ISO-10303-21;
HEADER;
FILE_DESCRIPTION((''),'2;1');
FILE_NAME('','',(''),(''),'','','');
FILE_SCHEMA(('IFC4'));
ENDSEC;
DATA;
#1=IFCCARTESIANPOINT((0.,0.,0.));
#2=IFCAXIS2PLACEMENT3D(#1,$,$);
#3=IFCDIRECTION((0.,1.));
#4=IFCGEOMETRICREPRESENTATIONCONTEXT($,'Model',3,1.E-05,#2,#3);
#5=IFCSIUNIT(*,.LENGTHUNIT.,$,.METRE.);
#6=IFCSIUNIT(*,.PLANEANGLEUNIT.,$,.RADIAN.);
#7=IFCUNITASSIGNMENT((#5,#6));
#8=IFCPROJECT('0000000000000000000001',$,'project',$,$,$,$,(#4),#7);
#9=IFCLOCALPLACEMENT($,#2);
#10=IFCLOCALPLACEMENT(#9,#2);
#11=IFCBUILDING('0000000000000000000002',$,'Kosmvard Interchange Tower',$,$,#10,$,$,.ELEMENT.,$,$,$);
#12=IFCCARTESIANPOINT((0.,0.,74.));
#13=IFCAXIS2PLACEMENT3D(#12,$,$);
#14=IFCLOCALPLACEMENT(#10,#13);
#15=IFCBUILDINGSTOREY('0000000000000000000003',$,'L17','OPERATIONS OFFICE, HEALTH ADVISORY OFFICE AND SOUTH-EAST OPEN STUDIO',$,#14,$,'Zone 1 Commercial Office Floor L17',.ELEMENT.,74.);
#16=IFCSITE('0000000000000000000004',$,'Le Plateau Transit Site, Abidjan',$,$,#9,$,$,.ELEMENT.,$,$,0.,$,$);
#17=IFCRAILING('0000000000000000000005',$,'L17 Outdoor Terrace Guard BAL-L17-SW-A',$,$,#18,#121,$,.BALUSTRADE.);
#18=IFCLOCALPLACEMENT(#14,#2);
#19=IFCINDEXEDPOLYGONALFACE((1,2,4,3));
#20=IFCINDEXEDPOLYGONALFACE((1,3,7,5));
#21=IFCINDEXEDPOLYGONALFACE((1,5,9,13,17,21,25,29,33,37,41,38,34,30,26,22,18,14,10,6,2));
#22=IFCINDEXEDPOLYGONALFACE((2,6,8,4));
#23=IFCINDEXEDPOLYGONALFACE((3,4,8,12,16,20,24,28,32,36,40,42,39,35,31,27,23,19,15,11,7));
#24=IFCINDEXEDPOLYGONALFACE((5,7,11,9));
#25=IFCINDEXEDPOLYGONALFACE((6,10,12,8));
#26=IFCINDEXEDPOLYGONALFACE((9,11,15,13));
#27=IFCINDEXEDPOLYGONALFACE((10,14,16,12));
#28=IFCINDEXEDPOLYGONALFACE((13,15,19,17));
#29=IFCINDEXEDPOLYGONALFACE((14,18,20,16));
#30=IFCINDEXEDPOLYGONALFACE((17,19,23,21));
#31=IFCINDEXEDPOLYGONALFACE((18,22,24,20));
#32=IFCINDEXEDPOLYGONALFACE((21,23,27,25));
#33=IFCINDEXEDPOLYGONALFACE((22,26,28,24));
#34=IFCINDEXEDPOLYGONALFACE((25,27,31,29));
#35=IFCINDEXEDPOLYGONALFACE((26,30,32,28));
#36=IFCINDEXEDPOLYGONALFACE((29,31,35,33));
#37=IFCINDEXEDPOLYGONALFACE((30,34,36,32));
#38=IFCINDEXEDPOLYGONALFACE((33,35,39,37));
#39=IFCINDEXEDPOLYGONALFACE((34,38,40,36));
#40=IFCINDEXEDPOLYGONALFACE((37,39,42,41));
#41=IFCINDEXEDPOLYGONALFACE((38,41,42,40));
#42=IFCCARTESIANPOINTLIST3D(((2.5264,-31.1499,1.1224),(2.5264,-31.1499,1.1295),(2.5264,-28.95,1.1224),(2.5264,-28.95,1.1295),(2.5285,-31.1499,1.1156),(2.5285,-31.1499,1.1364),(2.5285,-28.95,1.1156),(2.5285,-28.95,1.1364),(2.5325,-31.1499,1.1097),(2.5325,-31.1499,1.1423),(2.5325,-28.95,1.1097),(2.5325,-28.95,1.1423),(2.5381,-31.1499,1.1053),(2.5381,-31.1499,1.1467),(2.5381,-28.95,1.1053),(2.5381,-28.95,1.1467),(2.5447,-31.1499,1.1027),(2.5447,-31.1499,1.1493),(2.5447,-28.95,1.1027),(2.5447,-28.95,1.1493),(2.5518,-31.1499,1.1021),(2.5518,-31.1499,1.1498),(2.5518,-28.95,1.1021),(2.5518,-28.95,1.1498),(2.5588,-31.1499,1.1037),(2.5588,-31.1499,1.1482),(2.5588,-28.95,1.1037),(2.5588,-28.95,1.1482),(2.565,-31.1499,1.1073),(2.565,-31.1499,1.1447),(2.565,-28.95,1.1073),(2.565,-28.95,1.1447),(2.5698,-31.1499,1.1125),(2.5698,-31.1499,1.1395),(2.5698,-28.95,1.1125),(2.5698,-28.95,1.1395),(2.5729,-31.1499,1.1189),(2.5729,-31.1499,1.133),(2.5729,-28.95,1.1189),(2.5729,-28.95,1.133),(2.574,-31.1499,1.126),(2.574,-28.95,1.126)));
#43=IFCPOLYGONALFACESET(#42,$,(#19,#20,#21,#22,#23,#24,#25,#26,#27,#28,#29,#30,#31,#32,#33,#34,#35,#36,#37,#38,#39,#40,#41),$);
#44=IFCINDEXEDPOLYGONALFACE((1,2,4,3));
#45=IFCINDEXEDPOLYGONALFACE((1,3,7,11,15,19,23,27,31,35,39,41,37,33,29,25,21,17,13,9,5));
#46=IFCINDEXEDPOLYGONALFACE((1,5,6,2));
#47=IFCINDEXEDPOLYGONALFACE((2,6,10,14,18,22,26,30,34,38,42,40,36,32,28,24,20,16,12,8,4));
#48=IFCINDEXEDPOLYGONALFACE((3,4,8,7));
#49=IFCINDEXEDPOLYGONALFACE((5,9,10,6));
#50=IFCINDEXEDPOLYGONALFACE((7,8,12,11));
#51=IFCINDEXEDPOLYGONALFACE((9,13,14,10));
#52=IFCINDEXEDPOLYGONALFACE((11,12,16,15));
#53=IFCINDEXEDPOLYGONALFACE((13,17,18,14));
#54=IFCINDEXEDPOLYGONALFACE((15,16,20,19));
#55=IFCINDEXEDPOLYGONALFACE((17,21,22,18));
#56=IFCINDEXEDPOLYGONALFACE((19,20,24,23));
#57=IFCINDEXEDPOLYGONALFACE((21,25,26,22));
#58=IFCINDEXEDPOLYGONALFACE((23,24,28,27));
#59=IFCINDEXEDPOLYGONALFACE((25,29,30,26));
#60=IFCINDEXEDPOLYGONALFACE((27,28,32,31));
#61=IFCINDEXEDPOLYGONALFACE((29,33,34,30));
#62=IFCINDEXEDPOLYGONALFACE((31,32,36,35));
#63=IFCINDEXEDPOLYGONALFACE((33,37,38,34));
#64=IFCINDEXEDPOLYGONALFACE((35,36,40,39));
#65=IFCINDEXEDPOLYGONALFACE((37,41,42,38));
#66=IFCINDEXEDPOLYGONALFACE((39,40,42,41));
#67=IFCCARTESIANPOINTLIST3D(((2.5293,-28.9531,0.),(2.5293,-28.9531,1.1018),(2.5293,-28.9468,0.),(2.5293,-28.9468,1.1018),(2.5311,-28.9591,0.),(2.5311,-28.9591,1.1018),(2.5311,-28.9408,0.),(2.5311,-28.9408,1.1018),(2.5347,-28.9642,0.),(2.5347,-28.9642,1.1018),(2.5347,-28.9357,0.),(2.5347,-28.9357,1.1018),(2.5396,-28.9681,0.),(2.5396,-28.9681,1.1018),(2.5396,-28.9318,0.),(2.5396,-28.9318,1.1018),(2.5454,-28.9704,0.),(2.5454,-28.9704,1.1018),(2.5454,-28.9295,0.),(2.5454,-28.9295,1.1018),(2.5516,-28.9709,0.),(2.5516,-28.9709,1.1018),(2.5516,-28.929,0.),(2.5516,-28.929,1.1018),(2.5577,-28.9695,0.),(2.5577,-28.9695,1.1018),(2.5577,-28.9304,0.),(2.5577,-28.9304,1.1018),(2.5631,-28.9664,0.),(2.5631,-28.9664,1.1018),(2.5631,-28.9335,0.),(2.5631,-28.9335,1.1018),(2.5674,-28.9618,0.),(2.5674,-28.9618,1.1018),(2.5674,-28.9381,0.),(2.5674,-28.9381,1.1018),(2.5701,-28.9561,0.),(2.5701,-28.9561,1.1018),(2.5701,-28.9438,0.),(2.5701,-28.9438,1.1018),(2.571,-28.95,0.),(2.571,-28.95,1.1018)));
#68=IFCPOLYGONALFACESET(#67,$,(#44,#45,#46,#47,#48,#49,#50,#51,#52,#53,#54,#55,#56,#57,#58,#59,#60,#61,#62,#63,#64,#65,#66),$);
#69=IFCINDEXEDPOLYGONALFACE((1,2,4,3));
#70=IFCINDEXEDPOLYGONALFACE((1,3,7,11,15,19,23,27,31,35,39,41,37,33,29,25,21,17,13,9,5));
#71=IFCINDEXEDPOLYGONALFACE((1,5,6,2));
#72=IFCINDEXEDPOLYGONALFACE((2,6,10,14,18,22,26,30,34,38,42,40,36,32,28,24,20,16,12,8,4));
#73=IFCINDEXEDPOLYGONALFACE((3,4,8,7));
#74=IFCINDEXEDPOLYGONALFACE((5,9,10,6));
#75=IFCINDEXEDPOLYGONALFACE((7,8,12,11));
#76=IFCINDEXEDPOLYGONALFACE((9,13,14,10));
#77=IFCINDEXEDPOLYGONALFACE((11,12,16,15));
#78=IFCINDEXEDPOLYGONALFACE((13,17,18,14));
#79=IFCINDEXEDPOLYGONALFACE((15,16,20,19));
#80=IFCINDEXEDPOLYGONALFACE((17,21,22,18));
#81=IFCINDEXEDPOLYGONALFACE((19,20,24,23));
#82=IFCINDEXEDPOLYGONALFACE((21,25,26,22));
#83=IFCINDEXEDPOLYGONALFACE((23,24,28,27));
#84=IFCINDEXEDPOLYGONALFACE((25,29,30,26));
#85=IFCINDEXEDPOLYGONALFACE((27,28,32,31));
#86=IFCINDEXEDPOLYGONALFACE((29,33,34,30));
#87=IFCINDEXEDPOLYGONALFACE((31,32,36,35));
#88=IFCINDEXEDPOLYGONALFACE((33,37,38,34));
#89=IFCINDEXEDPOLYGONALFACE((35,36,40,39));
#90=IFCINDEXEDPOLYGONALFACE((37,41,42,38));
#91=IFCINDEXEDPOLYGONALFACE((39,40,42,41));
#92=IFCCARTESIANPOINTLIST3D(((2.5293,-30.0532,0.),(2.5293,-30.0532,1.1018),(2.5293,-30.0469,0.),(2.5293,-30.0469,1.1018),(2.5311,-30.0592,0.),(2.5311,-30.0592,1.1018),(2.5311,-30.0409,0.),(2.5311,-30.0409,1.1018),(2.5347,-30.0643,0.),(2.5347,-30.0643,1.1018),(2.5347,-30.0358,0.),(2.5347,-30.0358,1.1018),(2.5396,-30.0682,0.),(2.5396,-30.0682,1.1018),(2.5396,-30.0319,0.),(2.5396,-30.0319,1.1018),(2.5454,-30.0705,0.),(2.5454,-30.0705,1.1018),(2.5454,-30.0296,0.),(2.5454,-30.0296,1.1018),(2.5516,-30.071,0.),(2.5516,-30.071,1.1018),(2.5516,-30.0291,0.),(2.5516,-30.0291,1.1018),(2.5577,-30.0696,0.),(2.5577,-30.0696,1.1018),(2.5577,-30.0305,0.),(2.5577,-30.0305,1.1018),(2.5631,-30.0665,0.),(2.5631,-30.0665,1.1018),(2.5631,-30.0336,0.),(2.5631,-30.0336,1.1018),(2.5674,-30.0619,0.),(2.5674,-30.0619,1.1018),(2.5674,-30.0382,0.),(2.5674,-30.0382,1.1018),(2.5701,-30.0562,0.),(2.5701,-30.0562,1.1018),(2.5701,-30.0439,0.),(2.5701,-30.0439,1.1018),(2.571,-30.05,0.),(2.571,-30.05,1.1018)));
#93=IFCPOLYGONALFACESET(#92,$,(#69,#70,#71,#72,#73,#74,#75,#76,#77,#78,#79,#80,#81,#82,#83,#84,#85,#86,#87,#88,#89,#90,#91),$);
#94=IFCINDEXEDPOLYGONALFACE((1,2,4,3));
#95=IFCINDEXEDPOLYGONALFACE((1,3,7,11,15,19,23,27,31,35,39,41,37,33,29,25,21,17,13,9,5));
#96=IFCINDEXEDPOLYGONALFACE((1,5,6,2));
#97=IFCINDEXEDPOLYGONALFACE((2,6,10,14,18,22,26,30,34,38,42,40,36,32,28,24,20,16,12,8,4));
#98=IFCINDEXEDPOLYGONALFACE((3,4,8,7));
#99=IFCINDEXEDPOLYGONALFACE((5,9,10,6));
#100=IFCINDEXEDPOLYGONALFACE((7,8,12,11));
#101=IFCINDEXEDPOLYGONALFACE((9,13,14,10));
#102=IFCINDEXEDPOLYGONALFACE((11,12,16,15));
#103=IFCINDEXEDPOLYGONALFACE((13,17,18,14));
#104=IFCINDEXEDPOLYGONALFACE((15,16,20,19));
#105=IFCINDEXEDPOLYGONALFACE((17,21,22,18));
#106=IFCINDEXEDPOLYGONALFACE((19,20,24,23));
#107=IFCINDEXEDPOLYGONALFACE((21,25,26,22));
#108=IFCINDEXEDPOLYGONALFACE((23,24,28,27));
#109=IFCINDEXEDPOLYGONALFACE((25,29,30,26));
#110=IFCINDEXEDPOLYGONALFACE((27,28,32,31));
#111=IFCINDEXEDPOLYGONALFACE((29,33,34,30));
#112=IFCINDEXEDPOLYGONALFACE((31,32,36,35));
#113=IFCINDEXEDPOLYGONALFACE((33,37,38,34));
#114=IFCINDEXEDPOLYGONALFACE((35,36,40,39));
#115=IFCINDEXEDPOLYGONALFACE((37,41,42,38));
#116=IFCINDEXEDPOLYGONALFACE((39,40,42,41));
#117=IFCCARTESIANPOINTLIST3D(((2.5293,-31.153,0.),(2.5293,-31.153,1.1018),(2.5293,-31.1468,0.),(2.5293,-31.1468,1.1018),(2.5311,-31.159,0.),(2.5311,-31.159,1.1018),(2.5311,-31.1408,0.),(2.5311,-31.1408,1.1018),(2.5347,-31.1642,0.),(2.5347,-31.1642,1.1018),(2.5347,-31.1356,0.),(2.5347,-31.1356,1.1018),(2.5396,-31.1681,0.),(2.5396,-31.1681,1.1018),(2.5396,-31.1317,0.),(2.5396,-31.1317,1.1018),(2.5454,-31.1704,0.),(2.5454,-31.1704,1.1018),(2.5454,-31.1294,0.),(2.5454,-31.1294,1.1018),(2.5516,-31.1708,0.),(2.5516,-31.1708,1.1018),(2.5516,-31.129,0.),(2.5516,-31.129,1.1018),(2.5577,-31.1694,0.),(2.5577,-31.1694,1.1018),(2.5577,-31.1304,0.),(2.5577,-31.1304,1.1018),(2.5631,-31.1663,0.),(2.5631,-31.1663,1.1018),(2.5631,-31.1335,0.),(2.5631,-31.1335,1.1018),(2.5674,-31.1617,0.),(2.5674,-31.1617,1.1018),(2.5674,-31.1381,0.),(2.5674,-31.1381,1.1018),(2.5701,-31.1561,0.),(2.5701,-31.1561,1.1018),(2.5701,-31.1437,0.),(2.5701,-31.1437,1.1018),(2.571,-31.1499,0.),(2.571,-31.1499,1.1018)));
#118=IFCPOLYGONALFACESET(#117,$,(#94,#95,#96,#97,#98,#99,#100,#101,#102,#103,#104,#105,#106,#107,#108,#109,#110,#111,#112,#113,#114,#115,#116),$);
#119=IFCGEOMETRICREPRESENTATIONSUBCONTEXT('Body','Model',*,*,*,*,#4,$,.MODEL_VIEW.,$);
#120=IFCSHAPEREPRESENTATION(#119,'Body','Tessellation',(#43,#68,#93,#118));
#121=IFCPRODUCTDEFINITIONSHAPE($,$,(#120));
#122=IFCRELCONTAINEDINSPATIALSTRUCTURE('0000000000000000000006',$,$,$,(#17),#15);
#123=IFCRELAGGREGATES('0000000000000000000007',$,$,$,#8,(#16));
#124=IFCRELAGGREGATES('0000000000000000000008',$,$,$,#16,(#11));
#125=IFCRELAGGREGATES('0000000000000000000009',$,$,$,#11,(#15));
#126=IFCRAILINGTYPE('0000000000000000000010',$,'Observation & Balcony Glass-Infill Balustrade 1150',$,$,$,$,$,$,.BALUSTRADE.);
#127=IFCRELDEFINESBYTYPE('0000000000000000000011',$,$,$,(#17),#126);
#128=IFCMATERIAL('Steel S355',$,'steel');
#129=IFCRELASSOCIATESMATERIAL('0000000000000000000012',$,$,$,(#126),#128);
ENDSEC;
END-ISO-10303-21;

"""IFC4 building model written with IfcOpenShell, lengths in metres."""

from ifc_helpers import new_model, si_unit, direction, frame, origin, origin_2d, place, context, subcontext, project, spatial, circle, extrude, source, transform, mapped, material, type_object, element, save


model = new_model("IFC4")

# Units and contexts
model_context = context("Model", 3, precision=1e-05, world=origin(), true_north=direction((0.0, 1.0)))
body_context = subcontext(model_context, "Body", "Model", "MODEL_VIEW")
ifc_project = project(units=[si_unit("LENGTHUNIT", "METRE"), si_unit("PLANEANGLEUNIT", "RADIAN")], contexts=[model_context])

# Site, building, storey
site_placement = place(None, origin())
site = spatial("IfcSite", under=ifc_project, at=site_placement, Name="Le Plateau Transit Site, Abidjan", CompositionType="ELEMENT", RefElevation=0.0)
building_placement = place(site_placement, origin())
building = spatial("IfcBuilding", under=site, at=building_placement, Name="Kosmvard Interchange Tower", CompositionType="ELEMENT")
storey_placement = place(building_placement, frame((0.0, 0.0, 74.0)))
storey = spatial("IfcBuildingStorey", under=building, at=storey_placement, Name="L17", Description="OPERATIONS OFFICE, HEALTH ADVISORY OFFICE AND SOUTH-EAST OPEN STUDIO", LongName="Zone 1 Commercial Office Floor L17", CompositionType="ELEMENT", Elevation=74.0)

# Shared definitions
ifc_material_1 = material(Name="Steel S355", Category="steel")

# Railing
railing_type = type_object("IfcRailingType", Name="Observation & Balcony Glass-Infill Balustrade 1150", PredefinedType="BALUSTRADE", material=ifc_material_1)
shared_shape_1 = source(origin(), body_context, "Body", "SweptSolid", [
    extrude(circle(Radius=0.0239, at=origin_2d()), frame((0.0, 0.0, 1.126), z_axis=(0.0, -1.0, 0.0), x_axis=(1.0, 0.0, 0.0)), (0.0, 0.0, 1.0), 2.2),
    extrude(circle(Radius=0.021, at=origin_2d()), origin(), (0.0, 0.0, 1.0), 1.1018),
    extrude(circle(Radius=0.021, at=origin_2d()), frame((0.0, -1.1001, 0.0)), (0.0, 0.0, 1.0), 1.1018),
    extrude(circle(Radius=0.021, at=origin_2d()), frame((0.0, -2.2, 0.0)), (0.0, 0.0, 1.0), 1.1018),
])
railing_1_placement = place(storey_placement, frame((2.55, -28.95, 0.0)))
element("IfcRailing", 1, at=railing_1_placement, inside=storey, type_object=railing_type, Name="L17 Outdoor Terrace Guard BAL-L17-SW-A", PredefinedType="BALUSTRADE", context=body_context, shape_type="MappedRepresentation", body=[
    mapped(shared_shape_1, transform((0.0, 0.0, 0.0), scale=1.0)),
])

save(model, "model.ifc")
